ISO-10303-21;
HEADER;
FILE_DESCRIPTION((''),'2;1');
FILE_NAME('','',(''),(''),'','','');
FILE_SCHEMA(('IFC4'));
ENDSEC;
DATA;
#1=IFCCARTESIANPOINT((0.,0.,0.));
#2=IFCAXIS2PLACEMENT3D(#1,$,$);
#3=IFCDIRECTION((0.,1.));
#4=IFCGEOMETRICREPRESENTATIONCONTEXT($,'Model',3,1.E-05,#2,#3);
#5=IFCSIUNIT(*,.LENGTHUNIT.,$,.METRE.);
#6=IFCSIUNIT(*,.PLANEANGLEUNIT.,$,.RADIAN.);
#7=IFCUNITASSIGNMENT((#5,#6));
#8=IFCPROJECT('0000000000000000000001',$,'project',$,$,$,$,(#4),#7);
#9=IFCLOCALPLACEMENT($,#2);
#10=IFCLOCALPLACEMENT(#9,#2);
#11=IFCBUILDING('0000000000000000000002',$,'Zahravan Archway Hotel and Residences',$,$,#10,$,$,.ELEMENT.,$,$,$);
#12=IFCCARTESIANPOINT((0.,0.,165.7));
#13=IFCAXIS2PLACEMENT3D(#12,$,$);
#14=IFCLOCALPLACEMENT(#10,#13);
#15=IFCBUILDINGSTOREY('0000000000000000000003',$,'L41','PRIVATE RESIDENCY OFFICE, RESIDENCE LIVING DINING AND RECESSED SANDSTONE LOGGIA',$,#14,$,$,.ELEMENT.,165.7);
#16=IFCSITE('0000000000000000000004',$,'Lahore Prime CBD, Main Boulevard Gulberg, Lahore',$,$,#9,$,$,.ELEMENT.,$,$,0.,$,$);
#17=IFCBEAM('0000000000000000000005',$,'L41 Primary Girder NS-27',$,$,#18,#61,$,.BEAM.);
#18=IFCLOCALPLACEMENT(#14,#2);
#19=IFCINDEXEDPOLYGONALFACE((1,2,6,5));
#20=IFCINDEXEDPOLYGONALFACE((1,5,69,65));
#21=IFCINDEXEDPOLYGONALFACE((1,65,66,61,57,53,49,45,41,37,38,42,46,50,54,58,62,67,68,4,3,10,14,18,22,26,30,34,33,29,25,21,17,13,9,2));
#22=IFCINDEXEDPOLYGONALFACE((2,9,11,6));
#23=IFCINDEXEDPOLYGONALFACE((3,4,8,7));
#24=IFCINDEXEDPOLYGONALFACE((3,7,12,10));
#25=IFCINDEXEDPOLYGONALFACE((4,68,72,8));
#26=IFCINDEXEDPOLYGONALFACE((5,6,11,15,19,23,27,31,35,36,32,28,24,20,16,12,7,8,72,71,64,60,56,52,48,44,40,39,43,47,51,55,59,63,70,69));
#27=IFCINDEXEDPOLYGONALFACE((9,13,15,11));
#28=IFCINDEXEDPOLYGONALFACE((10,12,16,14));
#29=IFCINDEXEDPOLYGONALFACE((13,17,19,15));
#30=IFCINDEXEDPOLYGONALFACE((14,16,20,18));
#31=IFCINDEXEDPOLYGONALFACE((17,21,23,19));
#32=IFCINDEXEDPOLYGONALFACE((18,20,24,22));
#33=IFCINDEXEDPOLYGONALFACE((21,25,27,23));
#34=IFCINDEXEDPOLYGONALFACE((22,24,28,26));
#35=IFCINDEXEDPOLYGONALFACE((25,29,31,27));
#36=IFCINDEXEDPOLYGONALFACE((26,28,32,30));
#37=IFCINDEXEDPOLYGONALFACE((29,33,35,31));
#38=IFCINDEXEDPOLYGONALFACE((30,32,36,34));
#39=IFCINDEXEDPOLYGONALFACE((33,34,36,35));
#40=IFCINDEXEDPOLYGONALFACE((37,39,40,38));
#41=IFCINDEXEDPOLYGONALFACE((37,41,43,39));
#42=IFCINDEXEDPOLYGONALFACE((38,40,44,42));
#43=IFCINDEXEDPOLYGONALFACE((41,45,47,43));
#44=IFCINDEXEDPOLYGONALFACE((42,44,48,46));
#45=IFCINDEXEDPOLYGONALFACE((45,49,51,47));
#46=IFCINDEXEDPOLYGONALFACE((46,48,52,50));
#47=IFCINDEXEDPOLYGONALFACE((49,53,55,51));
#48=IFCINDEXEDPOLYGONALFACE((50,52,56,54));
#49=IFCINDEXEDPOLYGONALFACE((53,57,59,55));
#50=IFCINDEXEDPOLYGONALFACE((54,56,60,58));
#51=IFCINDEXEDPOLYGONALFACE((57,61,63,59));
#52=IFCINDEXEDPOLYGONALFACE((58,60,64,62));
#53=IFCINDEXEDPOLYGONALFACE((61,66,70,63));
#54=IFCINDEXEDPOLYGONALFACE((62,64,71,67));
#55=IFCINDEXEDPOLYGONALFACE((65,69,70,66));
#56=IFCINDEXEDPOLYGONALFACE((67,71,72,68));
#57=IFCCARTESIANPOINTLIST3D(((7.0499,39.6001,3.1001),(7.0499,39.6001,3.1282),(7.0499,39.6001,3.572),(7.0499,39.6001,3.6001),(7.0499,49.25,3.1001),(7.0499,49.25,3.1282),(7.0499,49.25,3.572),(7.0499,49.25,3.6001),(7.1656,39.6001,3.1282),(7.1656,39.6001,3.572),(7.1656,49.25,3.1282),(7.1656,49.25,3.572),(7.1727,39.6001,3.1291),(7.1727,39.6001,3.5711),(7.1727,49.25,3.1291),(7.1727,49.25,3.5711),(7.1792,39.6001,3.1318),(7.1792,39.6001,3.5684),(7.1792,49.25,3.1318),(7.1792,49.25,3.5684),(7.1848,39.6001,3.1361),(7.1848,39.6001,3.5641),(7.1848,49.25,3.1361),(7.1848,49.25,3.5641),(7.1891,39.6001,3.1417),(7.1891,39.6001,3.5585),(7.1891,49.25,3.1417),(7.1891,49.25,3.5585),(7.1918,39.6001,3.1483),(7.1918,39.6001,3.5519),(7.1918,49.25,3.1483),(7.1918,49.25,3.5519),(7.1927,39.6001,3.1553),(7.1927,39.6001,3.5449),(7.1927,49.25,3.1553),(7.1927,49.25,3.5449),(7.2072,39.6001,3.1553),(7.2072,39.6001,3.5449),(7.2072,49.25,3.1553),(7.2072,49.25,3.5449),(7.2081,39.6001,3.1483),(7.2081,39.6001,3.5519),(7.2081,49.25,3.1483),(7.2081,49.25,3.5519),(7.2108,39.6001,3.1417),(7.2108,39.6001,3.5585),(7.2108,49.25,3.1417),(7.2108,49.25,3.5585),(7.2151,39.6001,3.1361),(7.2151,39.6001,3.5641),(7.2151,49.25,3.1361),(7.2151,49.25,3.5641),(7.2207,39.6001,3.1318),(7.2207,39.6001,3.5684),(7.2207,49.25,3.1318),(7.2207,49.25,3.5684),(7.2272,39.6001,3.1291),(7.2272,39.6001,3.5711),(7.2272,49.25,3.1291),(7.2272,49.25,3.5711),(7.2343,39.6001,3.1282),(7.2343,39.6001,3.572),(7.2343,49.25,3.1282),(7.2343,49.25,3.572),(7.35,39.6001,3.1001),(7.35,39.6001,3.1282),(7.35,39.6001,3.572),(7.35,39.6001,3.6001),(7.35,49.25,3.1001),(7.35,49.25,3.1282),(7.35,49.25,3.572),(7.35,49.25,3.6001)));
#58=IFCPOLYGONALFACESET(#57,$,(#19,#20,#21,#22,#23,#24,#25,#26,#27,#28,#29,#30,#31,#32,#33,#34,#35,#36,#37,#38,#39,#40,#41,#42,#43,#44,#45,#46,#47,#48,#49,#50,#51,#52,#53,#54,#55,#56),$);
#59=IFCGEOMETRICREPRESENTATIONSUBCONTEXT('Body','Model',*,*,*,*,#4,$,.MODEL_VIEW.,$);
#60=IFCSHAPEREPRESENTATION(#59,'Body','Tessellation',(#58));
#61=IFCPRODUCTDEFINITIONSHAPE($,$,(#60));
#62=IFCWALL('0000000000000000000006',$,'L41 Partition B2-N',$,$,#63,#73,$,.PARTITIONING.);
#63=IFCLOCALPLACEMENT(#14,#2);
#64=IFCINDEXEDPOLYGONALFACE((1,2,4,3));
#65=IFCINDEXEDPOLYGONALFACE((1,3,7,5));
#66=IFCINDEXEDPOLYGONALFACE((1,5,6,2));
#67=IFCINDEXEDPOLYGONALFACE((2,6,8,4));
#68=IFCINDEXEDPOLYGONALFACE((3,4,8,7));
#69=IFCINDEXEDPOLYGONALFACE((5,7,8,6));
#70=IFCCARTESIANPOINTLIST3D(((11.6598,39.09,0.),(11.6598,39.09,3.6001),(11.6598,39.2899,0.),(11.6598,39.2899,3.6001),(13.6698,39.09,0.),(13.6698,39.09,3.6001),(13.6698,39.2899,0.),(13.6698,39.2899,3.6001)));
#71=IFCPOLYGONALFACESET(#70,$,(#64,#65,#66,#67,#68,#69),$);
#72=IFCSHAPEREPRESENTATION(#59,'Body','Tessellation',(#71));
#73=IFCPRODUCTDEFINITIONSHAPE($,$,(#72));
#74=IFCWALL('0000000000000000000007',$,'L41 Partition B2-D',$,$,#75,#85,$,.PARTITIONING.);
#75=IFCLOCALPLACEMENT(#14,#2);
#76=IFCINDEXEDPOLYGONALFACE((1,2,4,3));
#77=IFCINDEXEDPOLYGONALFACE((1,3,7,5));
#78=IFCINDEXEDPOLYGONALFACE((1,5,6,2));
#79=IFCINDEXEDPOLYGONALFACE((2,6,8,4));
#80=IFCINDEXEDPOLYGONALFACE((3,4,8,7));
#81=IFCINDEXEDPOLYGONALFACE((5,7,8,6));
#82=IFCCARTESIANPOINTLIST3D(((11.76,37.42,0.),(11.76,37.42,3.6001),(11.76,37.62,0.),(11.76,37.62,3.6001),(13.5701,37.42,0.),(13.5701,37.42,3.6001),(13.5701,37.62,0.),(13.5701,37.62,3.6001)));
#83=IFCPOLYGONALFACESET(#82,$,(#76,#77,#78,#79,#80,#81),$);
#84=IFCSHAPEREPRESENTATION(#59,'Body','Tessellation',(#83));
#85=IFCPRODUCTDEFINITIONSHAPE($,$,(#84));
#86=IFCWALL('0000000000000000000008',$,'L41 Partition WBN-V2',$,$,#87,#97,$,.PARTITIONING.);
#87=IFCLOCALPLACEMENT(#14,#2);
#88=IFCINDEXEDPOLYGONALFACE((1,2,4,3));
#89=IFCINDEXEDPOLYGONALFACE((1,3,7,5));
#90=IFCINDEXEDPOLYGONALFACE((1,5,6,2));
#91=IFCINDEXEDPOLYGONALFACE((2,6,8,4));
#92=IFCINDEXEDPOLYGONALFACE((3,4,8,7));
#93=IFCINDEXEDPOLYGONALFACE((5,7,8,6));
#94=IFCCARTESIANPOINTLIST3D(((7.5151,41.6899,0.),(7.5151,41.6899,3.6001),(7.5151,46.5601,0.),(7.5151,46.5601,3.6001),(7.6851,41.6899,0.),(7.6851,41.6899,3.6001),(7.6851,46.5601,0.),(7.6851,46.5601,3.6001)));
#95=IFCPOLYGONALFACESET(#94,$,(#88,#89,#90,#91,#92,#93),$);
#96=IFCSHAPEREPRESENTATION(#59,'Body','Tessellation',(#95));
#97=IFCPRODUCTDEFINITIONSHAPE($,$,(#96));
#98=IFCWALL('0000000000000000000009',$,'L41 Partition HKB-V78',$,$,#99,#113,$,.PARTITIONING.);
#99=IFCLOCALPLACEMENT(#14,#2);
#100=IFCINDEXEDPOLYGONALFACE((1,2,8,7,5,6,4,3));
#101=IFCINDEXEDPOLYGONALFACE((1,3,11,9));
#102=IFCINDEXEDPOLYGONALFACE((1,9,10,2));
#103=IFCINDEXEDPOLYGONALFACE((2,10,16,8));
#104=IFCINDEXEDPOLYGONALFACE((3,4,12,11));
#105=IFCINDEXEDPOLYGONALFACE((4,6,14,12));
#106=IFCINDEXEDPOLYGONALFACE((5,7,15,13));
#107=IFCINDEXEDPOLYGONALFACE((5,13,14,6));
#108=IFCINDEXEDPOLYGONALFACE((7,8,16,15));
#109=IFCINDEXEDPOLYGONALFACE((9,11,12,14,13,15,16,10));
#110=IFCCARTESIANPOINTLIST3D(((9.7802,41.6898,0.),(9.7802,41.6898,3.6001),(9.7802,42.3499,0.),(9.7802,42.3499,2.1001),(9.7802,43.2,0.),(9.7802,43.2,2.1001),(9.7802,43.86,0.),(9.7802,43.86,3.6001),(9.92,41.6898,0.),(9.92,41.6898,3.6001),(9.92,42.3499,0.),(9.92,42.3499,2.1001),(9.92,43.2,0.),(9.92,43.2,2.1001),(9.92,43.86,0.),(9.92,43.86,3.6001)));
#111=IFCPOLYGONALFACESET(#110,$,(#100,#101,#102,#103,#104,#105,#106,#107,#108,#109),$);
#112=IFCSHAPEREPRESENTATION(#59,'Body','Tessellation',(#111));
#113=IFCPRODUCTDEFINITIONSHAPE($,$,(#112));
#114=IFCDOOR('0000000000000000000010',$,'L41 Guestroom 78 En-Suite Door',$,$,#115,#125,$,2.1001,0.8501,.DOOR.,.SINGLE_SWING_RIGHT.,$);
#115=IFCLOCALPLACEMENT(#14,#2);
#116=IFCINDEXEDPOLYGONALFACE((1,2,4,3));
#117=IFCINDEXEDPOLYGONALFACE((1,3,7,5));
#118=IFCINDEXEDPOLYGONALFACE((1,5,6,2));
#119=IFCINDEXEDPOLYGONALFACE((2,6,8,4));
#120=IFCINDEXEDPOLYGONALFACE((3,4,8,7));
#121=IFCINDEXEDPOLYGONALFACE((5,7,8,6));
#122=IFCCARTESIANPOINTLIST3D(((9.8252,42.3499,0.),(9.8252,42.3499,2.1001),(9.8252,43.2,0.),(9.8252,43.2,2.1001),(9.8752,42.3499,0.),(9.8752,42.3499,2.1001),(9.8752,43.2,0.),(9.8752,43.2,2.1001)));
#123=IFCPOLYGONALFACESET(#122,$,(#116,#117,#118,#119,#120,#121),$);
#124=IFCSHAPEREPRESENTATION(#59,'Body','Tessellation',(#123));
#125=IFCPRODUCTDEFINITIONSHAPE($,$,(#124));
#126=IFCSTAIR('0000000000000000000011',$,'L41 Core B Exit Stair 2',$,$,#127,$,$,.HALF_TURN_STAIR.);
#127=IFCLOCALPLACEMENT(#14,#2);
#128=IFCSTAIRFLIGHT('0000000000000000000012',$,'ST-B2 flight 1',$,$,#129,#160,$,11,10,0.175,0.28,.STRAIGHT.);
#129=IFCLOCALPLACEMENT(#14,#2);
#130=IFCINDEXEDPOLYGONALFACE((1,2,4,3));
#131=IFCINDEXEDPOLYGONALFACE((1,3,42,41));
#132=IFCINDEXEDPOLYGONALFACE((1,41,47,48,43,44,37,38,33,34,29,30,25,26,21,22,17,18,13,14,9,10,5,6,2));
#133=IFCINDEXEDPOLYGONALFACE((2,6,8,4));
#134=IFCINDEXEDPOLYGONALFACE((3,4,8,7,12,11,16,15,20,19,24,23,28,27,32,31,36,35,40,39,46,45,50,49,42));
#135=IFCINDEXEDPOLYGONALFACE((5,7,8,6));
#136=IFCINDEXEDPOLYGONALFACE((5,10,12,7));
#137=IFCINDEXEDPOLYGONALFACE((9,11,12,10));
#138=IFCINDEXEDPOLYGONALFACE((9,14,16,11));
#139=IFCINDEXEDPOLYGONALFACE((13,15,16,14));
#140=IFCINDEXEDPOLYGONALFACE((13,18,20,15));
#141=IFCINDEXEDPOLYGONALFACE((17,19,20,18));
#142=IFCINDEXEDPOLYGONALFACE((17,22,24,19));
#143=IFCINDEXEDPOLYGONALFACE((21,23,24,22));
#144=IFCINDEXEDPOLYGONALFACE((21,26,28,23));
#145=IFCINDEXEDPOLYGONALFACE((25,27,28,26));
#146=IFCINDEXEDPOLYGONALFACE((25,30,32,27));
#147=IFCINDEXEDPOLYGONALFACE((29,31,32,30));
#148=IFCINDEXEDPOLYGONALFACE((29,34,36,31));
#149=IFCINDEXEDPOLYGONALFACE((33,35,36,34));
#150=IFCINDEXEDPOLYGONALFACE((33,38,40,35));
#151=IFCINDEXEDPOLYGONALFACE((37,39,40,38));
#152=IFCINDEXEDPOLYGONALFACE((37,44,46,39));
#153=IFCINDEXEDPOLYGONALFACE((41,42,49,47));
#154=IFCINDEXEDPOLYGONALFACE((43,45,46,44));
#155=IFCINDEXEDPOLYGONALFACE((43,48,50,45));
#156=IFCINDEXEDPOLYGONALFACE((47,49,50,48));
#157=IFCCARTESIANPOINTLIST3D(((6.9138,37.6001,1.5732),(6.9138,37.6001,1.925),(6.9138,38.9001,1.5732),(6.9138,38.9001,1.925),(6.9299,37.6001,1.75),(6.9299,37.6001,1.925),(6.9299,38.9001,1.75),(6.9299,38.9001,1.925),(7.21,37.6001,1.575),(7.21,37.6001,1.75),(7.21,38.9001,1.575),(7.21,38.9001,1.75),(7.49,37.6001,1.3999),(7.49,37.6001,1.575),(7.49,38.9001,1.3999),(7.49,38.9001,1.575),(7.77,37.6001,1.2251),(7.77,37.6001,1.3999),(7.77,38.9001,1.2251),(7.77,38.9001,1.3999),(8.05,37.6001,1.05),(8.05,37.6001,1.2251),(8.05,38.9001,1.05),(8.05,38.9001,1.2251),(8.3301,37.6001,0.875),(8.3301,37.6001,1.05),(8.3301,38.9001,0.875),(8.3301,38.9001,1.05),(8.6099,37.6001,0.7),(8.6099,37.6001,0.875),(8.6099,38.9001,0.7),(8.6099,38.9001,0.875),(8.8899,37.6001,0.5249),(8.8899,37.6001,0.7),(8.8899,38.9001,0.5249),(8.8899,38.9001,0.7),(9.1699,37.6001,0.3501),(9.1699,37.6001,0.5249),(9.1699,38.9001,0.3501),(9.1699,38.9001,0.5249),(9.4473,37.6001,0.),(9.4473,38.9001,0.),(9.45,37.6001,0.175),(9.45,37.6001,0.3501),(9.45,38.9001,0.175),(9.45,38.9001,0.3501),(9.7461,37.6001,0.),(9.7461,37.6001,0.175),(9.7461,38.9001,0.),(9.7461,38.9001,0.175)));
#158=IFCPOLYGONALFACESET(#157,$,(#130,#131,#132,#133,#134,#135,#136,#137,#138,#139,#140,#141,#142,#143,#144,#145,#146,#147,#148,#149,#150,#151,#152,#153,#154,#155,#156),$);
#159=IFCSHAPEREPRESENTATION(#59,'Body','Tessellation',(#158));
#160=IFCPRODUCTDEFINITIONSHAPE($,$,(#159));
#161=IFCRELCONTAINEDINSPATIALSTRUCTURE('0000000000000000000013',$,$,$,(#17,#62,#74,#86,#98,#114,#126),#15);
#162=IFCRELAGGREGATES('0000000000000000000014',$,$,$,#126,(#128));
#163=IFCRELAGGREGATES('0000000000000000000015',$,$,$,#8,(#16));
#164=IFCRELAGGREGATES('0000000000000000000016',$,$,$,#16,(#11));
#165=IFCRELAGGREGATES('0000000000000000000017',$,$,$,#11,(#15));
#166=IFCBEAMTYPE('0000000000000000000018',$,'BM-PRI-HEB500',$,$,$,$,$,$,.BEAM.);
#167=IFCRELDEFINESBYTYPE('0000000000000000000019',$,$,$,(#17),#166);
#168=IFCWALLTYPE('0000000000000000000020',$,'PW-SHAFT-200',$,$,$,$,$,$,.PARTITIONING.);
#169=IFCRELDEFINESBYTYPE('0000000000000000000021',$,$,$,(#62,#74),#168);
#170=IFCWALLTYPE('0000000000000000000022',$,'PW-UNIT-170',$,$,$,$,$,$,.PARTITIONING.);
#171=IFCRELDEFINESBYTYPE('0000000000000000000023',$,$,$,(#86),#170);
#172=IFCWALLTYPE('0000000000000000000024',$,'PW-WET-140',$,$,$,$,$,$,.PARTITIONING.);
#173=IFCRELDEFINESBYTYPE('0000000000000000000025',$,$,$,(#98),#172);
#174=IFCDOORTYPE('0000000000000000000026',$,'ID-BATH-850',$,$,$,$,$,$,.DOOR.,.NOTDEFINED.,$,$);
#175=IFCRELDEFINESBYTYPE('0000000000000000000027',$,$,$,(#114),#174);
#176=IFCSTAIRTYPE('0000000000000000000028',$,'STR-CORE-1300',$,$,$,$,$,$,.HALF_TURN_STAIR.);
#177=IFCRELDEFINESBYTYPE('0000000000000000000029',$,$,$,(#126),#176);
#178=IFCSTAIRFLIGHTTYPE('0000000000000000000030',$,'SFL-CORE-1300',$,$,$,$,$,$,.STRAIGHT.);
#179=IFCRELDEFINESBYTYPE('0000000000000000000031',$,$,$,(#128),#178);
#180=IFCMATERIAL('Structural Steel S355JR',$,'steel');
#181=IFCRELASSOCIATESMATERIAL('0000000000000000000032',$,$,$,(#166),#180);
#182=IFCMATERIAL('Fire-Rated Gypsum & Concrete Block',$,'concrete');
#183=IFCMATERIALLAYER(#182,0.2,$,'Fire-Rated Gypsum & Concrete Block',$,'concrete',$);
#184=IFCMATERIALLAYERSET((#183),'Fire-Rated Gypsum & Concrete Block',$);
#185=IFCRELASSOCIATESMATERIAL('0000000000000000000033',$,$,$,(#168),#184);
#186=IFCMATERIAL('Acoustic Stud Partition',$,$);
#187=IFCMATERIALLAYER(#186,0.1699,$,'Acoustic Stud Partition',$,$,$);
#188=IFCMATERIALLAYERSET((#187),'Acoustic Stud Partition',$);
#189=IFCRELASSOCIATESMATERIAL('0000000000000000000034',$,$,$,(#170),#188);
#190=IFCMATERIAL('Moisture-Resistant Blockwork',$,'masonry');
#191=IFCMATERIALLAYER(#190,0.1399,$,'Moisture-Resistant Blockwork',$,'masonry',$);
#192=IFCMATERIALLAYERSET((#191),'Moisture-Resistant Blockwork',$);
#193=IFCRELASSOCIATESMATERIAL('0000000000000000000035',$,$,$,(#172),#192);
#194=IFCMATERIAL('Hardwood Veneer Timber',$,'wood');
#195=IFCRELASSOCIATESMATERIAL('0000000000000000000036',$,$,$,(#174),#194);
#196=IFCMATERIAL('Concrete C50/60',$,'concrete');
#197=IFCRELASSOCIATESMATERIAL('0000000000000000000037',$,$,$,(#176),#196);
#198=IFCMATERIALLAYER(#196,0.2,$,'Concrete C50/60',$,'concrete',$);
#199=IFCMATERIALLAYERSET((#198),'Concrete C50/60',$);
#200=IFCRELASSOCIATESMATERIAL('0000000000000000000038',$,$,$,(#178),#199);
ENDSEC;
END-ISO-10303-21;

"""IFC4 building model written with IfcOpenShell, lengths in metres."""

from ifc_helpers import new_model, si_unit, direction, frame, frame_2d, origin, origin_2d, place, context, subcontext, project, spatial, polyline, rectangle, i_section, outline, extrude, source, transform, mapped, material, layer, layer_set, material_profile, profile_set, type_object, type_shapes, element, fill, aggregate, save


model = new_model("IFC4")

# Units and contexts
model_context = context("Model", 3, precision=1e-05, world=origin(), true_north=direction((0.0, 1.0)))
body_context = subcontext(model_context, "Body", "Model", "MODEL_VIEW")
ifc_project = project(units=[si_unit("LENGTHUNIT", "METRE"), si_unit("PLANEANGLEUNIT", "RADIAN")], contexts=[model_context])

# Site, building, storey
site_placement = place(None, origin())
site = spatial("IfcSite", under=ifc_project, at=site_placement, Name="Lahore Prime CBD, Main Boulevard Gulberg, Lahore", CompositionType="ELEMENT", RefElevation=0.0)
building_placement = place(site_placement, origin())
building = spatial("IfcBuilding", under=site, at=building_placement, Name="Zahravan Archway Hotel and Residences", CompositionType="ELEMENT")
storey_placement = place(building_placement, frame((0.0, 0.0, 165.7)))
storey = spatial("IfcBuildingStorey", under=building, at=storey_placement, Name="L41", Description="PRIVATE RESIDENCY OFFICE, RESIDENCE LIVING DINING AND RECESSED SANDSTONE LOGGIA", CompositionType="ELEMENT", Elevation=165.7)

# Beam
ifc_material_1 = material(Name="Structural Steel S355JR", Category="steel")
ifc_material_profile_1 = material_profile(ifc_material_1, i_section(OverallWidth=0.3, OverallDepth=0.5, WebThickness=0.0144, FlangeThickness=0.0281, FilletRadius=0.0271, at=origin_2d()), Name="HEB 500", Category="steel")
ifc_profile_set_1 = profile_set([ifc_material_profile_1], Name="Structural Steel S355JR")
beam_type_1 = type_object("IfcBeamType", Name="BM-PRI-HEB500", PredefinedType="BEAM", material=ifc_profile_set_1)
shared_shape_1 = source(origin(), body_context, "Body", "SweptSolid", [
    extrude(i_section(OverallWidth=0.3, OverallDepth=0.5, WebThickness=0.0144, FlangeThickness=0.0281, FilletRadius=0.0271, at=origin_2d()), origin(), (0.0, 0.0, 1.0), 9.6499),
])
beam_1_placement = place(storey_placement, frame((7.2, 39.6001, 3.3501), z_axis=(0.0, 1.0, 0.0), x_axis=(-1.0, 0.0, 0.0)))
element("IfcBeam", 1, at=beam_1_placement, inside=storey, type_object=beam_type_1, Name="L41 Primary Girder NS-27", PredefinedType="BEAM", context=body_context, shape_type="MappedRepresentation", body=[
    mapped(shared_shape_1, transform((0.0, 0.0, 0.0), scale=1.0)),
])

# Walls
ifc_material_2 = material(Name="Fire-Rated Gypsum & Concrete Block", Category="concrete")
ifc_layer_1 = layer(ifc_material_2, 0.2, Name="Fire-Rated Gypsum & Concrete Block", Category="concrete")
ifc_layer_set_1 = layer_set([ifc_layer_1], Name="Fire-Rated Gypsum & Concrete Block")
wall_type_1 = type_object("IfcWallType", Name="PW-SHAFT-200", PredefinedType="PARTITIONING", material=ifc_layer_set_1)
wall_1_placement = place(storey_placement, frame((11.6599, 39.1899, 0.0), z_axis=(0.0, 0.0, 1.0), x_axis=(1.0, 0.0, 0.0)))
element("IfcWall", 2, at=wall_1_placement, inside=storey, type_object=wall_type_1, Name="L41 Partition B2-N", PredefinedType="PARTITIONING", context=body_context, shape_type="SweptSolid", body=[
    extrude(rectangle(XDim=2.01, YDim=0.2, at=frame_2d((1.0049, 0.0))), origin(), (0.0, 0.0, 1.0), 3.6001),
])
wall_2_placement = place(storey_placement, frame((11.76, 37.52, 0.0), z_axis=(0.0, 0.0, 1.0), x_axis=(1.0, 0.0, 0.0)))
element("IfcWall", 3, at=wall_2_placement, inside=storey, type_object=wall_type_1, Name="L41 Partition B2-D", PredefinedType="PARTITIONING", context=body_context, shape_type="SweptSolid", body=[
    extrude(rectangle(XDim=1.8101, YDim=0.2, at=frame_2d((0.905, 0.0))), origin(), (0.0, 0.0, 1.0), 3.6001),
])
ifc_material_3 = material(Name="Acoustic Stud Partition")
ifc_layer_2 = layer(ifc_material_3, 0.1699, Name="Acoustic Stud Partition")
ifc_layer_set_2 = layer_set([ifc_layer_2], Name="Acoustic Stud Partition")
wall_type_2 = type_object("IfcWallType", Name="PW-UNIT-170", PredefinedType="PARTITIONING", material=ifc_layer_set_2)
wall_3_placement = place(storey_placement, frame((7.6001, 41.6899, 0.0), z_axis=(0.0, 0.0, 1.0), x_axis=(0.0, 1.0, 0.0)))
element("IfcWall", 4, at=wall_3_placement, inside=storey, type_object=wall_type_2, Name="L41 Partition WBN-V2", PredefinedType="PARTITIONING", context=body_context, shape_type="SweptSolid", body=[
    extrude(rectangle(XDim=4.8701, YDim=0.1699, at=frame_2d((2.4351, 0.0))), origin(), (0.0, 0.0, 1.0), 3.6001),
])
ifc_material_4 = material(Name="Moisture-Resistant Blockwork", Category="masonry")
ifc_layer_3 = layer(ifc_material_4, 0.1399, Name="Moisture-Resistant Blockwork", Category="masonry")
ifc_layer_set_3 = layer_set([ifc_layer_3], Name="Moisture-Resistant Blockwork")
wall_type_3 = type_object("IfcWallType", Name="PW-WET-140", PredefinedType="PARTITIONING", material=ifc_layer_set_3)

# Wall, opening, door
wall_4_placement = place(storey_placement, frame((9.8501, 41.6899, 0.0), z_axis=(0.0, 0.0, 1.0), x_axis=(0.0, 1.0, 0.0)))
wall_4 = element("IfcWall", 5, at=wall_4_placement, inside=storey, type_object=wall_type_3, Name="L41 Partition HKB-V78", PredefinedType="PARTITIONING", context=body_context, shape_type="SweptSolid", body=[
    extrude(rectangle(XDim=2.1702, YDim=0.1399, at=frame_2d((1.085, 0.0))), origin(), (0.0, 0.0, 1.0), 3.6001),
])
opening_placement = place(wall_4_placement, frame((0.6599, 0.0, 0.0)))
opening = element("IfcOpeningElement", 6, at=opening_placement, cuts=wall_4, PredefinedType="OPENING", context=body_context, shape_type="SweptSolid", body=[
    extrude(rectangle(XDim=0.8501, YDim=2.1001, at=frame_2d((0.425, 1.05))), frame((0.0, 0.0801, 0.0), z_axis=(0.0, -1.0, 0.0), x_axis=(1.0, 0.0, 0.0)), (0.0, 0.0, 1.0), 0.1599),
])
ifc_material_5 = material(Name="Hardwood Veneer Timber", Category="wood")
door_type = type_object("IfcDoorType", Name="ID-BATH-850", OperationType="NOTDEFINED", PredefinedType="DOOR", material=ifc_material_5)
shared_shape_2 = source(origin(), body_context, "Body", "SweptSolid", [
    extrude(rectangle(XDim=0.8501, YDim=2.1001, at=frame_2d((0.425, 1.05))), frame((0.0, 0.0249, 0.0), z_axis=(0.0, -1.0, 0.0), x_axis=(1.0, 0.0, 0.0)), (0.0, 0.0, 1.0), 0.05),
])
type_shapes(door_type, [shared_shape_2])
door_placement = place(opening_placement, origin())
door = element("IfcDoor", 7, at=door_placement, inside=storey, type_object=door_type, Name="L41 Guestroom 78 En-Suite Door", OperationType="SINGLE_SWING_RIGHT", OverallHeight=2.1001, OverallWidth=0.8501, PredefinedType="DOOR", context=body_context, shape_type="MappedRepresentation", body=[
    mapped(shared_shape_2, transform((0.0, 0.0, 0.0), scale=1.0)),
])
fill(opening, door)

# Stair, stair flight
ifc_material_6 = material(Name="Concrete C50/60", Category="concrete")
stair_type = type_object("IfcStairType", Name="STR-CORE-1300", PredefinedType="HALF_TURN_STAIR", material=ifc_material_6)
stair_placement = place(storey_placement, origin())
stair = element("IfcStair", 8, at=stair_placement, inside=storey, type_object=stair_type, Name="L41 Core B Exit Stair 2", PredefinedType="HALF_TURN_STAIR")
ifc_layer_4 = layer(ifc_material_6, 0.2, Name="Concrete C50/60", Category="concrete")
ifc_layer_set_4 = layer_set([ifc_layer_4], Name="Concrete C50/60")
stair_flight_type = type_object("IfcStairFlightType", Name="SFL-CORE-1300", PredefinedType="STRAIGHT", material=ifc_layer_set_4)
shared_shape_3 = source(origin(), body_context, "Body", "SweptSolid", [
    extrude(outline(polyline([(-0.0161, 0.0), (-0.0161, 0.175), (0.28, 0.175), (0.28, 0.3501), (0.5601, 0.3501), (0.5601, 0.5249), (0.8401, 0.5249), (0.8401, 0.7), (1.1201, 0.7), (1.1201, 0.875), (1.3999, 0.875), (1.3999, 1.05), (1.6799, 1.05), (1.6799, 1.2251), (1.96, 1.2251), (1.96, 1.3999), (2.24, 1.3999), (2.24, 1.575), (2.52, 1.575), (2.52, 1.75), (2.8, 1.75), (2.8, 1.925), (2.8162, 1.925), (2.8162, 1.5732), (0.2827, 0.0), (-0.0161, 0.0)])), frame((0.0, 0.6499, 0.0), z_axis=(0.0, -1.0, 0.0), x_axis=(1.0, 0.0, 0.0)), (0.0, 0.0, 1.0), 1.3),
])
stair_flight_placement = place(storey_placement, frame((9.73, 38.25, 0.0), z_axis=(0.0, 0.0, 1.0), x_axis=(-1.0, 0.0, 0.0)))
stair_flight = element("IfcStairFlight", 9, at=stair_flight_placement, type_object=stair_flight_type, Name="ST-B2 flight 1", NumberOfRisers=11, NumberOfTreads=10, PredefinedType="STRAIGHT", RiserHeight=0.175, TreadLength=0.28, context=body_context, shape_type="MappedRepresentation", body=[
    mapped(shared_shape_3, transform((0.0, 0.0, 0.0), scale=1.0)),
])
aggregate(stair, [stair_flight])

save(model, "model.ifc")
